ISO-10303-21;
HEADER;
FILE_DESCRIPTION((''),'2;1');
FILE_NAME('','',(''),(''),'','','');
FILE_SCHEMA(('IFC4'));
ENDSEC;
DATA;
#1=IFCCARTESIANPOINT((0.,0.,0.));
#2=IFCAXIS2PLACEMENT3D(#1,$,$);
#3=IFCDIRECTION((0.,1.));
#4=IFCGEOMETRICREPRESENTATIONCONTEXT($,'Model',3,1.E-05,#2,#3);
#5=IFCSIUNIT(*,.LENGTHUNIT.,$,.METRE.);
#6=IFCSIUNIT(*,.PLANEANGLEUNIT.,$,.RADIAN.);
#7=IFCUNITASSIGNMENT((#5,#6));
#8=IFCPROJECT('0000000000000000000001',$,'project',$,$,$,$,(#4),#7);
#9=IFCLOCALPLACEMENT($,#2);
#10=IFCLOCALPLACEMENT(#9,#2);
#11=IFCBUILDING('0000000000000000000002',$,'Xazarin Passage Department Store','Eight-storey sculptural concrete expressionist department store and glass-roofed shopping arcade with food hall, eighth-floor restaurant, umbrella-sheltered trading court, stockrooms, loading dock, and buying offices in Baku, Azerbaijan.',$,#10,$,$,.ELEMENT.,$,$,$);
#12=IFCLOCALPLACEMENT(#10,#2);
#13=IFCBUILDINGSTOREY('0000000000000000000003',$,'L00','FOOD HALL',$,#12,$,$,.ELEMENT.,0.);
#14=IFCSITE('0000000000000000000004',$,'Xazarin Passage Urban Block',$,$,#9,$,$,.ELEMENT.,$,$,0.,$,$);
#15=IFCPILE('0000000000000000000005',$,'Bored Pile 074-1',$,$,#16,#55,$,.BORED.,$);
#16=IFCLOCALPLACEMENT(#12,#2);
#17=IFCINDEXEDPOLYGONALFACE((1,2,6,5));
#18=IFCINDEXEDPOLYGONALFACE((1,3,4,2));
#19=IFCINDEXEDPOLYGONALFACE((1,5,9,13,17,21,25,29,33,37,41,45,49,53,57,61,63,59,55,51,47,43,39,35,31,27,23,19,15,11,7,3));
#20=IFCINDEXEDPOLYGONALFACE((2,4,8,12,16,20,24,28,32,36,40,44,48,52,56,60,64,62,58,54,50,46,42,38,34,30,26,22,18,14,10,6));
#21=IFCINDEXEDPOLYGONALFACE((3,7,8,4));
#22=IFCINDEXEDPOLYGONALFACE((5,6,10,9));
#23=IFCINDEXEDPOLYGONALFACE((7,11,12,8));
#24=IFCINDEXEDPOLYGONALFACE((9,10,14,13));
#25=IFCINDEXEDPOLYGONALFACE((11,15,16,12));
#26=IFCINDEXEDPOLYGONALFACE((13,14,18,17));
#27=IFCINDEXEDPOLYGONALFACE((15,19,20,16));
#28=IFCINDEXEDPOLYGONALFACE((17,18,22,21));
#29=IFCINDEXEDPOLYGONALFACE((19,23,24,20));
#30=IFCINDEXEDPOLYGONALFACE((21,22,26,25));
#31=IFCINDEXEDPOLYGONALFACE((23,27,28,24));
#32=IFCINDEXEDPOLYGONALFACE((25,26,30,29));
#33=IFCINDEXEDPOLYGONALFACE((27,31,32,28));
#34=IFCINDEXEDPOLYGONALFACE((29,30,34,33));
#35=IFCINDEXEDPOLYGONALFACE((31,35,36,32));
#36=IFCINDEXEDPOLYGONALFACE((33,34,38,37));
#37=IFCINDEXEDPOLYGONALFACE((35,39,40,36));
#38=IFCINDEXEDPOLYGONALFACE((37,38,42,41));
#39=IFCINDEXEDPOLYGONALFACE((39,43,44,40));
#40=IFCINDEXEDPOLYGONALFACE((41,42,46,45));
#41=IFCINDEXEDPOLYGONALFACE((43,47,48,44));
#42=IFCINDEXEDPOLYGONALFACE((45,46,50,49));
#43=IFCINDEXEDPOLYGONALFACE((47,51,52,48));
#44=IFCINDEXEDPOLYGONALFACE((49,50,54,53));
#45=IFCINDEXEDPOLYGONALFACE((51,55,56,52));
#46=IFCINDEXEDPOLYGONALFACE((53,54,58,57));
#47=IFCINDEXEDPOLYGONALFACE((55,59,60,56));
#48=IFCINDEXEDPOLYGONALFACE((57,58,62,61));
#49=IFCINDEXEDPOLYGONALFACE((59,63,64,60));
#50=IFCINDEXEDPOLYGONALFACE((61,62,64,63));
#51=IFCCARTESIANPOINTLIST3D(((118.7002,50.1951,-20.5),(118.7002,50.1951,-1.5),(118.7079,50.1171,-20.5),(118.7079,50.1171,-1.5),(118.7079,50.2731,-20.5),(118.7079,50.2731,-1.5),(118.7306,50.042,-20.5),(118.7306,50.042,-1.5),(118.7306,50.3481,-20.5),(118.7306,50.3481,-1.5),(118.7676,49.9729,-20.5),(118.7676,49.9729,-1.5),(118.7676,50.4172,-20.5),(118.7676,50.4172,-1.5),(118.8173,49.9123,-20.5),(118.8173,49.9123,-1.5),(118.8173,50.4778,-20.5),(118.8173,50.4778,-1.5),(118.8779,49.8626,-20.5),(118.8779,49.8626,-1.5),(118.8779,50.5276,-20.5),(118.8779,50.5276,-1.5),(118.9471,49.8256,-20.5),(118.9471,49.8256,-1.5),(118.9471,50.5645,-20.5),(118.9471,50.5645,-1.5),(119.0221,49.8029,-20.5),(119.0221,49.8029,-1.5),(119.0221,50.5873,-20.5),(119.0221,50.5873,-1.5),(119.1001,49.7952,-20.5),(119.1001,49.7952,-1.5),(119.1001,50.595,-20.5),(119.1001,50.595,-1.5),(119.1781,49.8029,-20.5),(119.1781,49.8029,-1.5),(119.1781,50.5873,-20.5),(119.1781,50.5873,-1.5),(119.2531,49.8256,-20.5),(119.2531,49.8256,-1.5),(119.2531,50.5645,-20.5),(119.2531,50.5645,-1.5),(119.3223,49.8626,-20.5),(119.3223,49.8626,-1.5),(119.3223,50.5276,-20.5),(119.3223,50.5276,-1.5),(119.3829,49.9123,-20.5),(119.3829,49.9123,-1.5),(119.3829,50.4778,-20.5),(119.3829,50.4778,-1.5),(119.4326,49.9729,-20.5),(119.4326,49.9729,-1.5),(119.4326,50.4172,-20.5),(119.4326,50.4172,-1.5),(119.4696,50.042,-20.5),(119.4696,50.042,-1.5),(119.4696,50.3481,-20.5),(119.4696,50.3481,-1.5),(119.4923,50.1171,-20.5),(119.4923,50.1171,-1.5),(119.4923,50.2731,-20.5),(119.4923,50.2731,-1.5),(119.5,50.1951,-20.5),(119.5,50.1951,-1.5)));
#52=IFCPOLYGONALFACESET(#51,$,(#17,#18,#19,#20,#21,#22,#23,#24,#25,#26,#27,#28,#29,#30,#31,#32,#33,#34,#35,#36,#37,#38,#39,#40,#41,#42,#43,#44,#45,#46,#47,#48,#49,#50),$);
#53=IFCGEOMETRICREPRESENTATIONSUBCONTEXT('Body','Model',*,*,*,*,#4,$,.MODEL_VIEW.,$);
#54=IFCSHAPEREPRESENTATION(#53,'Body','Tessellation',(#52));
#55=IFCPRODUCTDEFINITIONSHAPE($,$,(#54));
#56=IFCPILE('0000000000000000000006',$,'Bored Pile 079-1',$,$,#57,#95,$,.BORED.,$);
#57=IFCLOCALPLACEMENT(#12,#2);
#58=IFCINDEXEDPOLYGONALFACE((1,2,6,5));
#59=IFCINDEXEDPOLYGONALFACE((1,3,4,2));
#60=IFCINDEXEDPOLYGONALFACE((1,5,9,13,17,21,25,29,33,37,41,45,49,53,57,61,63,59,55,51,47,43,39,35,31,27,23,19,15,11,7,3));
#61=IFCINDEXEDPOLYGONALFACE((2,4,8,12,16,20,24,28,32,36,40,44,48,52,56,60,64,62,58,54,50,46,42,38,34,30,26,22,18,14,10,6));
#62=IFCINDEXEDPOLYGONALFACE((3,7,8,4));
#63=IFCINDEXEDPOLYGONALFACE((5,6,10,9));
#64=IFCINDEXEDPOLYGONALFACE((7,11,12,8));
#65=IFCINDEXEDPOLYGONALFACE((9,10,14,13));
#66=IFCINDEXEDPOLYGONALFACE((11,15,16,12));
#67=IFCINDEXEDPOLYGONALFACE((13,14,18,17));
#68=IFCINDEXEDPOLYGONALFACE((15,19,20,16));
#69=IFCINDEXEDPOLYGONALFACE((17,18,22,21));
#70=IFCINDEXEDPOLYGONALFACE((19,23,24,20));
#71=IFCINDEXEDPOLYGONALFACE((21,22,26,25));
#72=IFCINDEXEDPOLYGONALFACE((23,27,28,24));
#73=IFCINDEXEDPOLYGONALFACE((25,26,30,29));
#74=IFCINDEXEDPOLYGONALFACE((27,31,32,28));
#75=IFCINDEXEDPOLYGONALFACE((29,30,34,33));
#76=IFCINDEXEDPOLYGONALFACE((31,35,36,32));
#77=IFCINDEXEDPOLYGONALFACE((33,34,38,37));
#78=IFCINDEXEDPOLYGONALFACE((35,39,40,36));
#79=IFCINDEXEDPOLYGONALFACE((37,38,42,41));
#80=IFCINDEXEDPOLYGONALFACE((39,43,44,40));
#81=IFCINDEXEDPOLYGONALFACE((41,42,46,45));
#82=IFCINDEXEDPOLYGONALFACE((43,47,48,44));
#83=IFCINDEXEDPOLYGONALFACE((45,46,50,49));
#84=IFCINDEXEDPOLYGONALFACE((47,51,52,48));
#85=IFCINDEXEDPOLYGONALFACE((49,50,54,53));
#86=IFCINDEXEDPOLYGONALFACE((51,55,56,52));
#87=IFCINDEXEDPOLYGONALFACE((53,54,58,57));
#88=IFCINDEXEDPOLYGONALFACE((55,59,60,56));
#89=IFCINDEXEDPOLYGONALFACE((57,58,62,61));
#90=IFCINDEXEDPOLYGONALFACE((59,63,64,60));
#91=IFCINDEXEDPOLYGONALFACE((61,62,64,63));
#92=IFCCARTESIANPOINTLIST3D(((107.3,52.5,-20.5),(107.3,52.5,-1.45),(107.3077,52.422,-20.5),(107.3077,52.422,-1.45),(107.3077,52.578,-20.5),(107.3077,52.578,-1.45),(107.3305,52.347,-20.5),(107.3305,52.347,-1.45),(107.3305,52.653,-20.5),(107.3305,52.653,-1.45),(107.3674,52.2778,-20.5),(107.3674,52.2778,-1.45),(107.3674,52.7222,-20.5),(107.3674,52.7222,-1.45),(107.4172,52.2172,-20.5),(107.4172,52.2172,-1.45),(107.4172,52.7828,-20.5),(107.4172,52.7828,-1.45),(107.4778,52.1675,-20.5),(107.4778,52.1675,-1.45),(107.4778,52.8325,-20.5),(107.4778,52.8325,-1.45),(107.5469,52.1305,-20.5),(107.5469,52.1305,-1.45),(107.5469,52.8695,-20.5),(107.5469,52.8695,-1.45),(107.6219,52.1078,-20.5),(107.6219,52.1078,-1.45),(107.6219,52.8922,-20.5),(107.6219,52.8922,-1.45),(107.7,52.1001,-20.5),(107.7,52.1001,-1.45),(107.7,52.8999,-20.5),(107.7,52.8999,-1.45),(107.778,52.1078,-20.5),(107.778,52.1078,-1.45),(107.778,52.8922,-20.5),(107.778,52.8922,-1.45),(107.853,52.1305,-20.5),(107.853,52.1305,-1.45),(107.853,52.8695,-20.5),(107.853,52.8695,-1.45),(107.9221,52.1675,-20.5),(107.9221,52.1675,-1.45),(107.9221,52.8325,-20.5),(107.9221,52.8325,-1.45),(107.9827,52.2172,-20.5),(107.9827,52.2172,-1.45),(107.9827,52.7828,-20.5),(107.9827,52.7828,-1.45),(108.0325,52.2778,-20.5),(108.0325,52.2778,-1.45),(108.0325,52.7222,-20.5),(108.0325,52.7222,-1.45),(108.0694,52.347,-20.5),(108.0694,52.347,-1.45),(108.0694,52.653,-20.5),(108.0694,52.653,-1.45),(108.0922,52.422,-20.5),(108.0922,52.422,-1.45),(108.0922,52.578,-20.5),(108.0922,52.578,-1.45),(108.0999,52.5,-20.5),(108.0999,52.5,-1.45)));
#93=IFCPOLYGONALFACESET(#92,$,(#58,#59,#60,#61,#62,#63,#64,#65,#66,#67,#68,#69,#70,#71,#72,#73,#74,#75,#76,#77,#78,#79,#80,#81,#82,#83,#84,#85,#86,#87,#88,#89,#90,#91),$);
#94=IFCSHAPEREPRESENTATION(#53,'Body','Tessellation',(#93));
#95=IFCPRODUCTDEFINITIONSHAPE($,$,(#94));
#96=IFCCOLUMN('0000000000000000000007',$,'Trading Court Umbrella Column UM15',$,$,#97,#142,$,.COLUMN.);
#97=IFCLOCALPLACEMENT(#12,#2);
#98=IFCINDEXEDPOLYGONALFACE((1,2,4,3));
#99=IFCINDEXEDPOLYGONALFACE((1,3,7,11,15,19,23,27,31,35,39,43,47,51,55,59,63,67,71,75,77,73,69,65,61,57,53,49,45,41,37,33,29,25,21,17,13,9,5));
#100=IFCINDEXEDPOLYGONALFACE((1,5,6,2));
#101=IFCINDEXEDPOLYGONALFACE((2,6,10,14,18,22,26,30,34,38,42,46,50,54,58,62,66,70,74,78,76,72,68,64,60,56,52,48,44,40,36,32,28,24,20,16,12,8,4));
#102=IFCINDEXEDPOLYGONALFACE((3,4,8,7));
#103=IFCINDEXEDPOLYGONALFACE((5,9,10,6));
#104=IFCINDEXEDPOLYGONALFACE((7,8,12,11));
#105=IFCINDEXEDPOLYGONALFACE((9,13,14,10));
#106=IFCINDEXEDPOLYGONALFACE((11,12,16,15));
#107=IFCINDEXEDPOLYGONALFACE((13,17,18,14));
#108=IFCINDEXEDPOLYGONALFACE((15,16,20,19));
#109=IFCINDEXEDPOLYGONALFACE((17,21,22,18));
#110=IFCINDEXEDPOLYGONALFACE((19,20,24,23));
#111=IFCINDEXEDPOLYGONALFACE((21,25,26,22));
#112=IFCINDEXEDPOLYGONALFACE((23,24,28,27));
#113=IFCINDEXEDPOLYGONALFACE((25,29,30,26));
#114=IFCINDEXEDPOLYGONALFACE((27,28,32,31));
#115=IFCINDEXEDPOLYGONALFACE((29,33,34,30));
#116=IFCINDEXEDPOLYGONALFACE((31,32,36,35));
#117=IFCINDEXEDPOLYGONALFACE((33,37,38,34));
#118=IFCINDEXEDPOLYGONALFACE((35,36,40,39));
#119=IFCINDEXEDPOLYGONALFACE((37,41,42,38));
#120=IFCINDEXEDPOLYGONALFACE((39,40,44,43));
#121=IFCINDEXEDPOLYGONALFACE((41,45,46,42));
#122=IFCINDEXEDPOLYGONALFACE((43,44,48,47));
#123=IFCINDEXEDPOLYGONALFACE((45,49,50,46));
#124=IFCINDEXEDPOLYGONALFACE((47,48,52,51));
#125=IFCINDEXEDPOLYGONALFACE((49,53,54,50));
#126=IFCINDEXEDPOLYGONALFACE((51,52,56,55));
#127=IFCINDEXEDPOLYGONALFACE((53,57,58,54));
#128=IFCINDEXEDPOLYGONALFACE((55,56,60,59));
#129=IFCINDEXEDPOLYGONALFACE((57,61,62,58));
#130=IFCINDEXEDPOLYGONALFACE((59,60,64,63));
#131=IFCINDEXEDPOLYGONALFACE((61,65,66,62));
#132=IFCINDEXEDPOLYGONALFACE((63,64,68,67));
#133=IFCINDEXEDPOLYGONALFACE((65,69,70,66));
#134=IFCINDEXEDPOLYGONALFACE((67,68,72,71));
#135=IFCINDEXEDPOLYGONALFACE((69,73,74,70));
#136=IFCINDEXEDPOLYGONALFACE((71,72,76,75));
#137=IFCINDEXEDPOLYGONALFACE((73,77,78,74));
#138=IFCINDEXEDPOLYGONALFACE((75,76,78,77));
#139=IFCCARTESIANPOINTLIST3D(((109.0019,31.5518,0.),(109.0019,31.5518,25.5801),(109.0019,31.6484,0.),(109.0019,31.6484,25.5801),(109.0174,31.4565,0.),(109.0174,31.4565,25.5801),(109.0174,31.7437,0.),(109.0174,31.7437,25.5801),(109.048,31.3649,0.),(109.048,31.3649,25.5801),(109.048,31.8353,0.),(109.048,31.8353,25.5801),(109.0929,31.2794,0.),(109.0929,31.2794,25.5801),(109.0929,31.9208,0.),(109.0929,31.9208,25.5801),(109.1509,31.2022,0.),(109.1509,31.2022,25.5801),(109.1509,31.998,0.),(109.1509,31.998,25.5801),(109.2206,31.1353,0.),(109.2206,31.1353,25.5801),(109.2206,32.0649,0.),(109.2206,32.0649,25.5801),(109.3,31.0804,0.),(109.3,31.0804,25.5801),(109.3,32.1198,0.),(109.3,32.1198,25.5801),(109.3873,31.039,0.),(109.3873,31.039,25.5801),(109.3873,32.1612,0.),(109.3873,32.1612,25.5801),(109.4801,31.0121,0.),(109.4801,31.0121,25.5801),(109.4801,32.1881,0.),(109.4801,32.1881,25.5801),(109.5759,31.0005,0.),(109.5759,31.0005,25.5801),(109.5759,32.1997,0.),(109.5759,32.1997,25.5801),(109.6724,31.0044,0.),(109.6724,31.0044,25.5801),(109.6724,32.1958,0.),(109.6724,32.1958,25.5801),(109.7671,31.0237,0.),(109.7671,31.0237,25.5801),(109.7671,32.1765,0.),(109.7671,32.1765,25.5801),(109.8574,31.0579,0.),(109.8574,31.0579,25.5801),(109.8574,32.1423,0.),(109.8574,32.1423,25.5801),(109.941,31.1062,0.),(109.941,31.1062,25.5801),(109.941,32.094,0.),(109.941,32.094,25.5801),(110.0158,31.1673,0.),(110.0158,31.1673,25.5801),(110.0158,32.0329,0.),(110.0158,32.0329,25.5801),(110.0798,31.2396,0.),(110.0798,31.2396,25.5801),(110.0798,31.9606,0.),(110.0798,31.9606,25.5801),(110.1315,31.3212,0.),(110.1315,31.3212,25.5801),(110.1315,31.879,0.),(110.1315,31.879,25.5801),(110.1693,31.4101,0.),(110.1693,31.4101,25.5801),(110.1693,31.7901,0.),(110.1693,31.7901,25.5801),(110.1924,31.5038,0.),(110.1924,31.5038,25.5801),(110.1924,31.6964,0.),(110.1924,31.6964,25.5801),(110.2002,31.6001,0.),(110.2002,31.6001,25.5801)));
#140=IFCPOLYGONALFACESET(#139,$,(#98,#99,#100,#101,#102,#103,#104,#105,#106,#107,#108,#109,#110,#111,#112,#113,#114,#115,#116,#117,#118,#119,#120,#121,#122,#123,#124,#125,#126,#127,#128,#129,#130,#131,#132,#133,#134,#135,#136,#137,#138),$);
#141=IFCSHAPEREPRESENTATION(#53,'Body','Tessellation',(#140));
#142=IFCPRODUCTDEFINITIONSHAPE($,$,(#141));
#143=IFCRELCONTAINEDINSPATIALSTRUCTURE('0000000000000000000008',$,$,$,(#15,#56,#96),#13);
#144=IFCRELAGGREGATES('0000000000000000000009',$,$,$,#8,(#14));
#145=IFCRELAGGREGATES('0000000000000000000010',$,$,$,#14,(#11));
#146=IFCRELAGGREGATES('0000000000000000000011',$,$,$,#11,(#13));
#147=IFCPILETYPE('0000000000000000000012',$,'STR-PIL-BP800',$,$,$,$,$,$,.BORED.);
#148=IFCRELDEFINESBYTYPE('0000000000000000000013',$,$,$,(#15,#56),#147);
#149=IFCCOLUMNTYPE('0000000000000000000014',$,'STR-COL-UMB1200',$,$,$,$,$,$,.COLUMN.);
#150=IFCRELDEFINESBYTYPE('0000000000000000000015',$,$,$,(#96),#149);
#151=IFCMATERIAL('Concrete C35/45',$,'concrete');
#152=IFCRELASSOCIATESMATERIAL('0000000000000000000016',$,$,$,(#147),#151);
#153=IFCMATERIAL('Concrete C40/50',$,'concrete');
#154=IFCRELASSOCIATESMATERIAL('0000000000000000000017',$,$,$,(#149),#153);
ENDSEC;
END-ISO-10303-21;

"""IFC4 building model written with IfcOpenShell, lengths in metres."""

from ifc_helpers import new_model, si_unit, direction, frame, origin, origin_2d, place, context, subcontext, project, spatial, circle, extrude, material, material_profile, profile_set, type_object, element, save


model = new_model("IFC4")

# Units and contexts
model_context = context("Model", 3, precision=1e-05, world=origin(), true_north=direction((0.0, 1.0)))
body_context = subcontext(model_context, "Body", "Model", "MODEL_VIEW")
ifc_project = project(units=[si_unit("LENGTHUNIT", "METRE"), si_unit("PLANEANGLEUNIT", "RADIAN")], contexts=[model_context])

# Site, building, storey
site_placement = place(None, origin())
site = spatial("IfcSite", under=ifc_project, at=site_placement, Name="Xazarin Passage Urban Block", CompositionType="ELEMENT", RefElevation=0.0)
building_placement = place(site_placement, origin())
building = spatial("IfcBuilding", under=site, at=building_placement, Name="Xazarin Passage Department Store", Description="Eight-storey sculptural concrete expressionist department store and glass-roofed shopping arcade with food hall, eighth-floor restaurant, umbrella-sheltered trading court, stockrooms, loading dock, and buying offices in Baku, Azerbaijan.", CompositionType="ELEMENT")
storey_placement = place(building_placement, origin())
storey = spatial("IfcBuildingStorey", under=building, at=storey_placement, Name="L00", Description="FOOD HALL", CompositionType="ELEMENT", Elevation=0.0)

# Shared definitions
ifc_material_1 = material(Name="Concrete C35/45", Category="concrete")

# Piles
ifc_material_profile_1 = material_profile(ifc_material_1, circle(Radius=0.3999, at=origin_2d()), Name="BP 800")
ifc_profile_set_1 = profile_set([ifc_material_profile_1], Name="Concrete C35/45")
pile_type_1 = type_object("IfcPileType", Name="STR-PIL-BP800", PredefinedType="BORED", material=ifc_profile_set_1)
pile_1_placement = place(storey_placement, frame((119.1001, 50.1951, -1.5), z_axis=(0.0, 0.0, -1.0), x_axis=(1.0, 0.0, 0.0)))
element("IfcPile", 1, at=pile_1_placement, inside=storey, type_object=pile_type_1, Name="Bored Pile 074-1", PredefinedType="BORED", context=body_context, shape_type="SweptSolid", body=[
    extrude(circle(Radius=0.3999, at=origin_2d()), origin(), (0.0, 0.0, 1.0), 19.0),
])
pile_2_placement = place(storey_placement, frame((107.7, 52.5, -1.45), z_axis=(0.0, 0.0, -1.0), x_axis=(1.0, 0.0, 0.0)))
element("IfcPile", 2, at=pile_2_placement, inside=storey, type_object=pile_type_1, Name="Bored Pile 079-1", PredefinedType="BORED", context=body_context, shape_type="SweptSolid", body=[
    extrude(circle(Radius=0.3999, at=origin_2d()), origin(), (0.0, 0.0, 1.0), 19.05),
])

# Column
ifc_material_2 = material(Name="Concrete C40/50", Category="concrete")
ifc_material_profile_2 = material_profile(ifc_material_2, circle(Radius=0.6001, at=origin_2d()), Name="RCD 1200")
ifc_profile_set_2 = profile_set([ifc_material_profile_2], Name="Concrete C40/50")
column_type = type_object("IfcColumnType", Name="STR-COL-UMB1200", PredefinedType="COLUMN", material=ifc_profile_set_2)
column_placement = place(storey_placement, frame((109.6001, 31.6001, 0.0), z_axis=(0.0, 0.0, 1.0), x_axis=(1.0, 0.0, 0.0)))
element("IfcColumn", 3, at=column_placement, inside=storey, type_object=column_type, Name="Trading Court Umbrella Column UM15", PredefinedType="COLUMN", context=body_context, shape_type="SweptSolid", body=[
    extrude(circle(Radius=0.6001, at=origin_2d()), origin(), (0.0, 0.0, 1.0), 25.5801),
])

save(model, "model.ifc")
